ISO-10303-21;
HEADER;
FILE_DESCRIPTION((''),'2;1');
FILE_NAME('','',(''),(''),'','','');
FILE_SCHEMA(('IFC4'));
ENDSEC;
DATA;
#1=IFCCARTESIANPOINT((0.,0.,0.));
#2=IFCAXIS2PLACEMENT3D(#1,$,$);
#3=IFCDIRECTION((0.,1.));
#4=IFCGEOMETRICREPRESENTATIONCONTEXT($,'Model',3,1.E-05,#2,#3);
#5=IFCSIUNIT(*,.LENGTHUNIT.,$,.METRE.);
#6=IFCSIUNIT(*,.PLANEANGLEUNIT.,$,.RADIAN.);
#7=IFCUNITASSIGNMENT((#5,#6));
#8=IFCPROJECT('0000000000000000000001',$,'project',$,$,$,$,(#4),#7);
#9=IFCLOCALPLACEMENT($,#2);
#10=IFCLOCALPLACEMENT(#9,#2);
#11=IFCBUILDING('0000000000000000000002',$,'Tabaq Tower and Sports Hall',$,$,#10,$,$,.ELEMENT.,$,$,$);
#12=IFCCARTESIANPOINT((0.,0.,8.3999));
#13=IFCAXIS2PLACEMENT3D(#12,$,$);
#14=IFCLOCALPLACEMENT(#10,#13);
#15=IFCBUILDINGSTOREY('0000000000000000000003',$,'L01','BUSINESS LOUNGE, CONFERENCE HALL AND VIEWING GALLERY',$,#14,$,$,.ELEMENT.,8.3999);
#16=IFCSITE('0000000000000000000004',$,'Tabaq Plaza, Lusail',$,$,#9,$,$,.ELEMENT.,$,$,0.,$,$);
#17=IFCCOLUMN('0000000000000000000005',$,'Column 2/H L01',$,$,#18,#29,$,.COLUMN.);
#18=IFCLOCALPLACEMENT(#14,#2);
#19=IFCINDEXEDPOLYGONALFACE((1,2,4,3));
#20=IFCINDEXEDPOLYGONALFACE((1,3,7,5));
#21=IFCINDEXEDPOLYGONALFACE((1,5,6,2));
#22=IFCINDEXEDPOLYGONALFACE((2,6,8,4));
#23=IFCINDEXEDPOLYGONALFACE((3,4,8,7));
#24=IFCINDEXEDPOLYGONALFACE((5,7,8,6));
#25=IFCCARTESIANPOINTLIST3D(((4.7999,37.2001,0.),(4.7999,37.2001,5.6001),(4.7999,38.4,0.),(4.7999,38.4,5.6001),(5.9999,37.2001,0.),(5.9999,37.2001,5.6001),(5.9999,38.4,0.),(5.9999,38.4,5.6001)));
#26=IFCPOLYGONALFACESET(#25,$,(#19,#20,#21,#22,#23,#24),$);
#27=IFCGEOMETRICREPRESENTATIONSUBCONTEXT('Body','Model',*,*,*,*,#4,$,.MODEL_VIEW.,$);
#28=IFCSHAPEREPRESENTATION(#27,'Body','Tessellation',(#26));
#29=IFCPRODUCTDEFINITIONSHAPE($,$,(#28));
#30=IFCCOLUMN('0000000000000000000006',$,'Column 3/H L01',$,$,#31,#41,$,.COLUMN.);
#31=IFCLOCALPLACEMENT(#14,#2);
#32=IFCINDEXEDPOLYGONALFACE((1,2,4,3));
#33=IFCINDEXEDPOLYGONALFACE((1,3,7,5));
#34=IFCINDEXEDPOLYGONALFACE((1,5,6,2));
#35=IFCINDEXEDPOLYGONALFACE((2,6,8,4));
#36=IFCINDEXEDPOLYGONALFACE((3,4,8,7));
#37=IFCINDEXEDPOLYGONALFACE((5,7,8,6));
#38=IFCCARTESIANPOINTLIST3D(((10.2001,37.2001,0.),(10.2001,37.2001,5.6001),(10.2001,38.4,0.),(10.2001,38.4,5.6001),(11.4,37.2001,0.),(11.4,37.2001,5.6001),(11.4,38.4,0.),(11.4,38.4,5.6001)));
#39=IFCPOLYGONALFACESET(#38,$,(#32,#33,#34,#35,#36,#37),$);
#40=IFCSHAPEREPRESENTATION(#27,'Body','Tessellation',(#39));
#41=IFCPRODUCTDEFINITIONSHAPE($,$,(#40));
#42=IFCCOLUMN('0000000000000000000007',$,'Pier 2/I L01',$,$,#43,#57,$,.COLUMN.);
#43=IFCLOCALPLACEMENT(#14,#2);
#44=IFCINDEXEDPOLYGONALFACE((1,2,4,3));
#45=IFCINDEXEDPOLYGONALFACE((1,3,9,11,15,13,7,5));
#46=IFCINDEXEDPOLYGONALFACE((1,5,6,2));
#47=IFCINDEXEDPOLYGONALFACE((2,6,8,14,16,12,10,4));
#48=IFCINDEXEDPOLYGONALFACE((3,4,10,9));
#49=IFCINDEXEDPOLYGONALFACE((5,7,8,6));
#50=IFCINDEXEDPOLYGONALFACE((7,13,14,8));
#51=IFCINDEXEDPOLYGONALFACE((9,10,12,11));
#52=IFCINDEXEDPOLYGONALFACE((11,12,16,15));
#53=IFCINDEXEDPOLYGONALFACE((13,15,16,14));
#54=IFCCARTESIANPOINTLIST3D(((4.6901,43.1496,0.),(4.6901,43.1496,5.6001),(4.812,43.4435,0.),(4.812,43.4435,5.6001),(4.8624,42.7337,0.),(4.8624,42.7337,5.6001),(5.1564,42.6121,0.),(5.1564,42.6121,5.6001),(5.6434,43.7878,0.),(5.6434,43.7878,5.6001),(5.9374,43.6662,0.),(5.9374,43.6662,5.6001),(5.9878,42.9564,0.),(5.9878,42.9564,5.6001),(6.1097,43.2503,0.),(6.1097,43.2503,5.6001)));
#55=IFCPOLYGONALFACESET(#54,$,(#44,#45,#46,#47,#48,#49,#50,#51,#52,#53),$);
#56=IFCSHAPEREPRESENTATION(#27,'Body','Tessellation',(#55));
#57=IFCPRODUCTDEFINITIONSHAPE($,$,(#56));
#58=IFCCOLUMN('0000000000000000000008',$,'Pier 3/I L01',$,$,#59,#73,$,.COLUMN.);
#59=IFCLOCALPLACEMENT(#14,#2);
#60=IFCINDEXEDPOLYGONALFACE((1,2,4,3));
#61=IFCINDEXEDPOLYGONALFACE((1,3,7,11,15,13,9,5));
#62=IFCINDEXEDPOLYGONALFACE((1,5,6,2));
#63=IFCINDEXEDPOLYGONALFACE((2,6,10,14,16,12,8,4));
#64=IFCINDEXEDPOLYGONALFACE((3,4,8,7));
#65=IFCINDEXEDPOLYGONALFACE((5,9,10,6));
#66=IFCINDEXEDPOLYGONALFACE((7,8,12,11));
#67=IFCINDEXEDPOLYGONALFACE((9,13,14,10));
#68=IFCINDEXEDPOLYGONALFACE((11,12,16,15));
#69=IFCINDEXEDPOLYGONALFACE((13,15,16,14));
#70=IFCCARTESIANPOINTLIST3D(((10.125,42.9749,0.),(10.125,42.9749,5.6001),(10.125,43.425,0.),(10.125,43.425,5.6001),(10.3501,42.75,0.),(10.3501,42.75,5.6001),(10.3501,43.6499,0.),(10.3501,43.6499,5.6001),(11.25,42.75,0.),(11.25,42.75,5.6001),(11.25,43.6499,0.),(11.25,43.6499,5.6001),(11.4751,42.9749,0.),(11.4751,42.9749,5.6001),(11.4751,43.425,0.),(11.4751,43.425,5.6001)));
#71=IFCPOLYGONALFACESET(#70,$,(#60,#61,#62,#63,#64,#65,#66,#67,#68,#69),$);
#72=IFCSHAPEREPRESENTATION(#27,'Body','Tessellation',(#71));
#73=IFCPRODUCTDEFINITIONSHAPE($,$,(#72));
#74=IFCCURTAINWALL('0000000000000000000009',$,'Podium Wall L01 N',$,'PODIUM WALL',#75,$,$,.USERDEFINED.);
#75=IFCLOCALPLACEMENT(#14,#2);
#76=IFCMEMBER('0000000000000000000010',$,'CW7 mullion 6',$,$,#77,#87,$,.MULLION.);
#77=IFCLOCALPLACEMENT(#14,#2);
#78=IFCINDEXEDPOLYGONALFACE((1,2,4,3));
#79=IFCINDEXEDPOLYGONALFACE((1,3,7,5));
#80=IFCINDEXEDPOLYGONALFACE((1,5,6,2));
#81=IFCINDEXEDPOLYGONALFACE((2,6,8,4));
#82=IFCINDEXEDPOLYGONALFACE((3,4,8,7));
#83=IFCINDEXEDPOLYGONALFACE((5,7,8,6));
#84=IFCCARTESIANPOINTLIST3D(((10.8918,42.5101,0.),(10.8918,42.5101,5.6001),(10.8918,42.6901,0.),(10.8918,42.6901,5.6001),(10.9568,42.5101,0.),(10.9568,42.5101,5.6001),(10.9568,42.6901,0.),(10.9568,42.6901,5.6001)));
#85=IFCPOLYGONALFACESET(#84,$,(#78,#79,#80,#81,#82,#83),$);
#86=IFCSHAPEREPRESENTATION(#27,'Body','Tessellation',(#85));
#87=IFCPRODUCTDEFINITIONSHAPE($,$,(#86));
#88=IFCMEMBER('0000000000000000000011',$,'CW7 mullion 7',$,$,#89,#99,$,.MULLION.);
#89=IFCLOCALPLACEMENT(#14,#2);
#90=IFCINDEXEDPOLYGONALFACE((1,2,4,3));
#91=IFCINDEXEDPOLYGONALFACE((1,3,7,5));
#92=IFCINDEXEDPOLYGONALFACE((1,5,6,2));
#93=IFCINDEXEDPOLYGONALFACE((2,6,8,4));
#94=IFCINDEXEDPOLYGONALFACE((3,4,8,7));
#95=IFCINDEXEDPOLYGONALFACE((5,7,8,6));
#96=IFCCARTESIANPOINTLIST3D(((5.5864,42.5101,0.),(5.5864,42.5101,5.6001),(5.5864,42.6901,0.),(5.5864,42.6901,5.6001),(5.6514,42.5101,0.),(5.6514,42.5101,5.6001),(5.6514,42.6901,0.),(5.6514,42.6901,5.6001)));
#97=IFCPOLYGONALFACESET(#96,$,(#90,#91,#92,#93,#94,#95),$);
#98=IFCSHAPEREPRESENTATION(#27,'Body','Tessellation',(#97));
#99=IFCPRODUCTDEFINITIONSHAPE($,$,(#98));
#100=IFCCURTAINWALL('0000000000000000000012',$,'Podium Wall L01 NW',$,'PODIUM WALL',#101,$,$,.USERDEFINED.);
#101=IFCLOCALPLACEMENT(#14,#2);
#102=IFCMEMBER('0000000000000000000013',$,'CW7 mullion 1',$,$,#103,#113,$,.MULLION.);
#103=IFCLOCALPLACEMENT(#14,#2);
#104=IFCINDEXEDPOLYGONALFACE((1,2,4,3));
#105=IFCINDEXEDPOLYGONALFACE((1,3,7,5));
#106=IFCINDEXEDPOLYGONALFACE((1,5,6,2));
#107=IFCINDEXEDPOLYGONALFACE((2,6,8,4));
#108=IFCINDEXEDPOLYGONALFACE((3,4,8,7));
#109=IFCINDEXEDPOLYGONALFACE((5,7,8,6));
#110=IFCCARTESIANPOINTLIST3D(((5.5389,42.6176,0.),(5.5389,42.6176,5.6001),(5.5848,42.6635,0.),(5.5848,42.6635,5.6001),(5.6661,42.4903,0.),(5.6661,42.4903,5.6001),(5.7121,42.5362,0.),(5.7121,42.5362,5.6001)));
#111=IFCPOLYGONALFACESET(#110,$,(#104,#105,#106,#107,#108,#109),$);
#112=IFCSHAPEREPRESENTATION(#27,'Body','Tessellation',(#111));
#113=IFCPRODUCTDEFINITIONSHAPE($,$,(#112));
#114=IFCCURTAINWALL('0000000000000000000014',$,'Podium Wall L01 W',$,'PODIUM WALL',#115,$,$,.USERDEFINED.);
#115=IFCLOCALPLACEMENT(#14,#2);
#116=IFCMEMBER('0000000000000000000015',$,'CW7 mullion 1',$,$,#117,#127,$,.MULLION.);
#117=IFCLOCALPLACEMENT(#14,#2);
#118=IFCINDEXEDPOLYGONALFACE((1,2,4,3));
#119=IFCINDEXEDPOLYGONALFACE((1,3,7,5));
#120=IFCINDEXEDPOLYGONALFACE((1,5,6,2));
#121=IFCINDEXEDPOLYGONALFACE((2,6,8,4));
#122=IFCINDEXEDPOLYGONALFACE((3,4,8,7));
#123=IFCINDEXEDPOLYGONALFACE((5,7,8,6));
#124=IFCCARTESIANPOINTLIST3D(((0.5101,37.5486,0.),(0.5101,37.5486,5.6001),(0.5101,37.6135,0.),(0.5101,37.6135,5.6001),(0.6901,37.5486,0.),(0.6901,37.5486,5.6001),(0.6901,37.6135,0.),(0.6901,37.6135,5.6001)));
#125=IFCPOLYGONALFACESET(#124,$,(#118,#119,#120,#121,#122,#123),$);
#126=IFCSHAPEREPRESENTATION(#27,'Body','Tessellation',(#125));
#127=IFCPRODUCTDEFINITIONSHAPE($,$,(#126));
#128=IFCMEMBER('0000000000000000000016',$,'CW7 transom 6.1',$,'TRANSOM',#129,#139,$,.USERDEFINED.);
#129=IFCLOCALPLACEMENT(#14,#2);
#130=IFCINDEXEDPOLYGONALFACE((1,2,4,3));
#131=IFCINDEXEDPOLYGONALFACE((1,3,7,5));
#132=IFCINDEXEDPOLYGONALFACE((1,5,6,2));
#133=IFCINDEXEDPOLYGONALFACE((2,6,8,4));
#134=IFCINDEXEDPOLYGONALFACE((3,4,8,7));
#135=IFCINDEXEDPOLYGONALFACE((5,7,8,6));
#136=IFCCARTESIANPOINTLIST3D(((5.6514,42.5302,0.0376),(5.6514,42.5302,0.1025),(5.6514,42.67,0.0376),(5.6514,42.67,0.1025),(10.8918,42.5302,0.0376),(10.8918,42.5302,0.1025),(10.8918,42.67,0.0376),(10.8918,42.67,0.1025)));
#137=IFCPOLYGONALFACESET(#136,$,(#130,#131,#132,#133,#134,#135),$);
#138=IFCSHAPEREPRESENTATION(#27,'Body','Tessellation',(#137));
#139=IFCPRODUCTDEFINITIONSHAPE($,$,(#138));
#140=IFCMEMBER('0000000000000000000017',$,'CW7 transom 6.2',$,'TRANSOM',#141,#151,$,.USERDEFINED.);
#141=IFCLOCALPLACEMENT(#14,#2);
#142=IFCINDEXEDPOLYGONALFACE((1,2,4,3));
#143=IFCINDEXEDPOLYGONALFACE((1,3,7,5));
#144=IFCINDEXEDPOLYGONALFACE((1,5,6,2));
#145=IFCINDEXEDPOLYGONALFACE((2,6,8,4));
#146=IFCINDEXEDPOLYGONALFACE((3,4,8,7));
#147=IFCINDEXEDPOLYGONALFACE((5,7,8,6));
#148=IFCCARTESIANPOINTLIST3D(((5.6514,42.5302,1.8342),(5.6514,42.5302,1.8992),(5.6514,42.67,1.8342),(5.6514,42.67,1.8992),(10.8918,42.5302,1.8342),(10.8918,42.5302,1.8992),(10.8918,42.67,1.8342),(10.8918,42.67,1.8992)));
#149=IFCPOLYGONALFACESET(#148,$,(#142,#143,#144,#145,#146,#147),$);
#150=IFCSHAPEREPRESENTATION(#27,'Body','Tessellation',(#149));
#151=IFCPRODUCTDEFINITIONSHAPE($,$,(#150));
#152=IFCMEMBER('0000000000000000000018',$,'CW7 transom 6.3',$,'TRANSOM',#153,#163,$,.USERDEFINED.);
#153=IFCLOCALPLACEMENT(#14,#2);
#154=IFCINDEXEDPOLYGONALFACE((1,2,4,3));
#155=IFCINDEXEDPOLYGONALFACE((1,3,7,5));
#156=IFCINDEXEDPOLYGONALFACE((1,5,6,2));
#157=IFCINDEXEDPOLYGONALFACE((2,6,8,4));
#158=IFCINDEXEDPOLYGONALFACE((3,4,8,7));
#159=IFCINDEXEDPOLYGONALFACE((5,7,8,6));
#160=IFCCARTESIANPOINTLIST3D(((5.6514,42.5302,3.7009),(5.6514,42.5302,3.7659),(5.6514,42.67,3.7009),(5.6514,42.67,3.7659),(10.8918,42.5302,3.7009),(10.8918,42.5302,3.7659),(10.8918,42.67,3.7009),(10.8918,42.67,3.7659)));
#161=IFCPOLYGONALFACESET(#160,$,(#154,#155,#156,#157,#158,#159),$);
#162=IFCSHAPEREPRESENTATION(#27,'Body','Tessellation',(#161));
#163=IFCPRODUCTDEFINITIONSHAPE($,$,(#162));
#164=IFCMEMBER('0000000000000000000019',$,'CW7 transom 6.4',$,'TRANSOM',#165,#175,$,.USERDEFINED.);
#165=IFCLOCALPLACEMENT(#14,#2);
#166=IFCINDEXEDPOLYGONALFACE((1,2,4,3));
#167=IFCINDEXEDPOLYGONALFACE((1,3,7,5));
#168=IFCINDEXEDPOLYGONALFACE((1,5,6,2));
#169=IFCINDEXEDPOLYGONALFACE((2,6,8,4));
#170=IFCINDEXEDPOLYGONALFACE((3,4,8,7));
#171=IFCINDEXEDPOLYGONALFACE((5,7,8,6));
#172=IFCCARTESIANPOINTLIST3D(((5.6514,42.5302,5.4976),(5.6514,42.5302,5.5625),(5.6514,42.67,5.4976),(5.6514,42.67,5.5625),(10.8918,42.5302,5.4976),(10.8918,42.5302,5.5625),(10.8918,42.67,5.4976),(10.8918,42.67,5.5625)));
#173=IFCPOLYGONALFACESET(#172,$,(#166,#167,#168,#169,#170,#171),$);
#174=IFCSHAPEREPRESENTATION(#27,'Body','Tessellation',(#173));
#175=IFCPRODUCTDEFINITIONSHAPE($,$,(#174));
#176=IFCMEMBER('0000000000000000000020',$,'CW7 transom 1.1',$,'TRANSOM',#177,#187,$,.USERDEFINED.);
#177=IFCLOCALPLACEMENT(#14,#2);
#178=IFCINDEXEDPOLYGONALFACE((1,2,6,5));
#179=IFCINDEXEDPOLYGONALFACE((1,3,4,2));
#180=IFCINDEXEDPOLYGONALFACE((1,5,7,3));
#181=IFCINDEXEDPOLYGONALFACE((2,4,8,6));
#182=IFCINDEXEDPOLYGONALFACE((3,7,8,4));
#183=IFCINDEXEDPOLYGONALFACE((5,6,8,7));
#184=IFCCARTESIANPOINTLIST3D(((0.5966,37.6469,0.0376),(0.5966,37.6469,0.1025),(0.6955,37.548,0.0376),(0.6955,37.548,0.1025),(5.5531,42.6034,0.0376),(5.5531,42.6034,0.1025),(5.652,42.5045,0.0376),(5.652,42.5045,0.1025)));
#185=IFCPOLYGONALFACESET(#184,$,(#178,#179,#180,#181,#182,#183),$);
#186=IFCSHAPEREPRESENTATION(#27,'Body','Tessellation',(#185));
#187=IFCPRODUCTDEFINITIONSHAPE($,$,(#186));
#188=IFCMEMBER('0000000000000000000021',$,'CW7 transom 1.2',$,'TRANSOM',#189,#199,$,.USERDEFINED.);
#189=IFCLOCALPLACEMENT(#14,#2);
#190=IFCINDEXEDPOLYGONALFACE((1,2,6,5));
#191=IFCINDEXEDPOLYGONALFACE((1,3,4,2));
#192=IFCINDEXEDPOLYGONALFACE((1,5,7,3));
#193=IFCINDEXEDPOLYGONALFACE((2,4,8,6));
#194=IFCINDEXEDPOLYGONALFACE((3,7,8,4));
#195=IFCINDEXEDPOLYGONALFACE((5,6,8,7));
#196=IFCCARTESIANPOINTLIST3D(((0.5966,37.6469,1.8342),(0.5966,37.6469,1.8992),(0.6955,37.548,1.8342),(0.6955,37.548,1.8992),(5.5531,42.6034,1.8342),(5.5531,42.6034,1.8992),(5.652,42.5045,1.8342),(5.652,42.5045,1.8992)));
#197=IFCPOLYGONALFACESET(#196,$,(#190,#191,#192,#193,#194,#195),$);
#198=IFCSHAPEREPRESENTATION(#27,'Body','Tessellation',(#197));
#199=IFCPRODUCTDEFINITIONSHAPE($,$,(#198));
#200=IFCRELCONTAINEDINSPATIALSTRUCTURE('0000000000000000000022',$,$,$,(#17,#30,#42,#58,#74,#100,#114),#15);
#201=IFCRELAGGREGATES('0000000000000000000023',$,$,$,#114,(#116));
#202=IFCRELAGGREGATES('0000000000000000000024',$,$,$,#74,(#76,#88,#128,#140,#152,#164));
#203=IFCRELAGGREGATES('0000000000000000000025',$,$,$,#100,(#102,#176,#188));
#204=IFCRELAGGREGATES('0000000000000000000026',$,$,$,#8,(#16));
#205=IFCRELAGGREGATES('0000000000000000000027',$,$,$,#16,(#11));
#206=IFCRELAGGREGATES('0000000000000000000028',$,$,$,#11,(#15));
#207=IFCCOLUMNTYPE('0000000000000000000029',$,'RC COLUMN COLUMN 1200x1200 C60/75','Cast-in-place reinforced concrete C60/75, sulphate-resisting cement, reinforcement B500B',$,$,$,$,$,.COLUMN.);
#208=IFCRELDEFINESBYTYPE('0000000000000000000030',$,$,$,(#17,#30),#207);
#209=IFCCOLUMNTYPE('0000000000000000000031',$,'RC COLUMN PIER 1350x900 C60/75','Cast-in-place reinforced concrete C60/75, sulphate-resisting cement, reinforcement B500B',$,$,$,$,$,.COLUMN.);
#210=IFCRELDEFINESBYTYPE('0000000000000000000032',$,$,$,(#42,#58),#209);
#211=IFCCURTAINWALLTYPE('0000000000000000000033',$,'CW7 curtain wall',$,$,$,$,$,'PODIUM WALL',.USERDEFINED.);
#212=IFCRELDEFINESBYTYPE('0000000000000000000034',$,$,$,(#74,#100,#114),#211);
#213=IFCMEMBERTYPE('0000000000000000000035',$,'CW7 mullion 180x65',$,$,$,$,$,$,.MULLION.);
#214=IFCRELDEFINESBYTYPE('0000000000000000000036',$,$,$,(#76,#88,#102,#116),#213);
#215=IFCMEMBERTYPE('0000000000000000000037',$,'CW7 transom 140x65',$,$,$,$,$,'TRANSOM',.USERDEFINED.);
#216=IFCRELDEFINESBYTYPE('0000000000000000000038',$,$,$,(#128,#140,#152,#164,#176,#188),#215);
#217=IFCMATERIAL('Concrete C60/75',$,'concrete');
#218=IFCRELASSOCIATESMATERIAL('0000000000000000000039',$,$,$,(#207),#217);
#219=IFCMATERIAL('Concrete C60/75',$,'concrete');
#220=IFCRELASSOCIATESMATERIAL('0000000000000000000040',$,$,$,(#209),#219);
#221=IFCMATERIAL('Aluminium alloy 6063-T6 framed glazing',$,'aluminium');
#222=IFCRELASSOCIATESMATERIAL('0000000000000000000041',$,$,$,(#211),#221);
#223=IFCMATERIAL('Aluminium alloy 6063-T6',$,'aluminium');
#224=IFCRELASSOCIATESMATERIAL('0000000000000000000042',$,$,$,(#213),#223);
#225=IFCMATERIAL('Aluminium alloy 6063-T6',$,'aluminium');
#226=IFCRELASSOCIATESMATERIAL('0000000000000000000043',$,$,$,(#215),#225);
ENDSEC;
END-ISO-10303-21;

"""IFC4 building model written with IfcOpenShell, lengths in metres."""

from ifc_helpers import new_model, si_unit, direction, frame, origin, origin_2d, place, context, subcontext, project, spatial, polyline, rectangle, outline, extrude, material, material_profile, profile_set, type_object, element, aggregate, save


model = new_model("IFC4")

# Units and contexts
model_context = context("Model", 3, precision=1e-05, world=origin(), true_north=direction((0.0, 1.0)))
body_context = subcontext(model_context, "Body", "Model", "MODEL_VIEW")
ifc_project = project(units=[si_unit("LENGTHUNIT", "METRE"), si_unit("PLANEANGLEUNIT", "RADIAN")], contexts=[model_context])

# Site, building, storey
site_placement = place(None, origin())
site = spatial("IfcSite", under=ifc_project, at=site_placement, Name="Tabaq Plaza, Lusail", CompositionType="ELEMENT", RefElevation=0.0)
building_placement = place(site_placement, origin())
building = spatial("IfcBuilding", under=site, at=building_placement, Name="Tabaq Tower and Sports Hall", CompositionType="ELEMENT")
storey_placement = place(building_placement, frame((0.0, 0.0, 8.3999)))
storey = spatial("IfcBuildingStorey", under=building, at=storey_placement, Name="L01", Description="BUSINESS LOUNGE, CONFERENCE HALL AND VIEWING GALLERY", CompositionType="ELEMENT", Elevation=8.3999)

# Columns
ifc_material_1 = material(Name="Concrete C60/75", Category="concrete")
ifc_material_profile_1 = material_profile(ifc_material_1, rectangle(XDim=1.2, YDim=1.2, at=origin_2d()), Name="COLUMN 1200x1200")
ifc_profile_set_1 = profile_set([ifc_material_profile_1], Name="Concrete C60/75")
column_type_1 = type_object("IfcColumnType", Name="RC COLUMN COLUMN 1200x1200 C60/75", Description="Cast-in-place reinforced concrete C60/75, sulphate-resisting cement, reinforcement B500B", PredefinedType="COLUMN", material=ifc_profile_set_1)
for number, where, z_axis, x_axis, name in (
    (1, (5.3999, 37.8, 0.0), (0.0, 0.0, 1.0), (1.0, 0.0, 0.0), "Column 2/H L01"),
    (2, (10.8, 37.8, 0.0), (0.0, 0.0, 1.0), (1.0, 0.0, 0.0), "Column 3/H L01"),
):
    element("IfcColumn", number, at=place(storey_placement, frame(where, z_axis=z_axis, x_axis=x_axis)), inside=storey, type_object=column_type_1, Name=name, PredefinedType="COLUMN", context=body_context, shape_type="SweptSolid", body=[
        extrude(rectangle(XDim=1.2, YDim=1.2, at=origin_2d()), origin(), (0.0, 0.0, 1.0), 5.6001),
    ])
ifc_material_2 = material(Name="Concrete C60/75", Category="concrete")
ifc_material_profile_2 = material_profile(ifc_material_2, outline(polyline([(-0.45, -0.45), (0.45, -0.45), (0.675, -0.2251), (0.675, 0.2251), (0.45, 0.45), (-0.45, 0.45), (-0.675, 0.2251), (-0.675, -0.2251), (-0.45, -0.45)])), Name="PIER 1350x900")
ifc_profile_set_2 = profile_set([ifc_material_profile_2], Name="Concrete C60/75")
column_type_2 = type_object("IfcColumnType", Name="RC COLUMN PIER 1350x900 C60/75", Description="Cast-in-place reinforced concrete C60/75, sulphate-resisting cement, reinforcement B500B", PredefinedType="COLUMN", material=ifc_profile_set_2)
for number, where, z_axis, x_axis, name in (
    (3, (5.3999, 43.2, 0.0), (0.0, 0.0, 1.0), (0.92388, 0.382683, 0.0), "Pier 2/I L01"),
    (4, (10.8, 43.2, 0.0), (0.0, 0.0, 1.0), (1.0, 0.0, 0.0), "Pier 3/I L01"),
):
    element("IfcColumn", number, at=place(storey_placement, frame(where, z_axis=z_axis, x_axis=x_axis)), inside=storey, type_object=column_type_2, Name=name, PredefinedType="COLUMN", context=body_context, shape_type="SweptSolid", body=[
        extrude(outline(polyline([(-0.45, -0.45), (0.45, -0.45), (0.675, -0.2251), (0.675, 0.2251), (0.45, 0.45), (-0.45, 0.45), (-0.675, 0.2251), (-0.675, -0.2251), (-0.45, -0.45)])), origin(), (0.0, 0.0, 1.0), 5.6001),
    ])

# Curtain wall, members
ifc_material_3 = material(Name="Aluminium alloy 6063-T6 framed glazing", Category="aluminium")
curtain_wall_type = type_object("IfcCurtainWallType", Name="CW7 curtain wall", ElementType="PODIUM WALL", PredefinedType="USERDEFINED", material=ifc_material_3)
curtain_wall_1_placement = place(storey_placement, origin())
curtain_wall_1 = element("IfcCurtainWall", 5, at=curtain_wall_1_placement, inside=storey, type_object=curtain_wall_type, Name="Podium Wall L01 N", ObjectType="PODIUM WALL", PredefinedType="USERDEFINED")
ifc_material_4 = material(Name="Aluminium alloy 6063-T6", Category="aluminium")
ifc_material_profile_3 = material_profile(ifc_material_4, rectangle(XDim=0.1799, YDim=0.0649, at=origin_2d()), Name="MULLION 180x65")
ifc_profile_set_3 = profile_set([ifc_material_profile_3], Name="Aluminium alloy 6063-T6")
member_type_1 = type_object("IfcMemberType", Name="CW7 mullion 180x65", PredefinedType="MULLION", material=ifc_profile_set_3)
member_1_placement = place(storey_placement, frame((10.9243, 42.6001, 0.0), z_axis=(0.0, 0.0, 1.0), x_axis=(0.0, -1.0, 0.0)))
member_1 = element("IfcMember", 6, at=member_1_placement, type_object=member_type_1, Name="CW7 mullion 6", PredefinedType="MULLION", context=body_context, shape_type="SweptSolid", body=[
    extrude(rectangle(XDim=0.1799, YDim=0.0649, at=origin_2d()), origin(), (0.0, 0.0, 1.0), 5.6001),
])
member_2_placement = place(storey_placement, frame((5.6189, 42.6001, 0.0), z_axis=(0.0, 0.0, 1.0), x_axis=(0.0, -1.0, 0.0)))
member_2 = element("IfcMember", 7, at=member_2_placement, type_object=member_type_1, Name="CW7 mullion 7", PredefinedType="MULLION", context=body_context, shape_type="SweptSolid", body=[
    extrude(rectangle(XDim=0.1799, YDim=0.0649, at=origin_2d()), origin(), (0.0, 0.0, 1.0), 5.6001),
])

# Curtain walls, members
curtain_wall_2_placement = place(storey_placement, origin())
curtain_wall_2 = element("IfcCurtainWall", 8, at=curtain_wall_2_placement, inside=storey, type_object=curtain_wall_type, Name="Podium Wall L01 NW", ObjectType="PODIUM WALL", PredefinedType="USERDEFINED")
member_3_placement = place(storey_placement, frame((5.6255, 42.5769, 0.0), z_axis=(0.0, 0.0, 1.0), x_axis=(0.707107, -0.707107, 0.0)))
member_3 = element("IfcMember", 9, at=member_3_placement, type_object=member_type_1, Name="CW7 mullion 1", PredefinedType="MULLION", context=body_context, shape_type="SweptSolid", body=[
    extrude(rectangle(XDim=0.1799, YDim=0.0649, at=origin_2d()), origin(), (0.0, 0.0, 1.0), 5.6001),
])
curtain_wall_3_placement = place(storey_placement, origin())
curtain_wall_3 = element("IfcCurtainWall", 10, at=curtain_wall_3_placement, inside=storey, type_object=curtain_wall_type, Name="Podium Wall L01 W", ObjectType="PODIUM WALL", PredefinedType="USERDEFINED")
member_4_placement = place(storey_placement, frame((0.6001, 37.5811, 0.0), z_axis=(0.0, 0.0, 1.0), x_axis=(1.0, 0.0, 0.0)))
member_4 = element("IfcMember", 11, at=member_4_placement, type_object=member_type_1, Name="CW7 mullion 1", PredefinedType="MULLION", context=body_context, shape_type="SweptSolid", body=[
    extrude(rectangle(XDim=0.1799, YDim=0.0649, at=origin_2d()), origin(), (0.0, 0.0, 1.0), 5.6001),
])
aggregate(curtain_wall_3, [member_4])

# Members
ifc_material_5 = material(Name="Aluminium alloy 6063-T6", Category="aluminium")
ifc_material_profile_4 = material_profile(ifc_material_5, rectangle(XDim=0.1399, YDim=0.0649, at=origin_2d()), Name="TRANSOM 140x65")
ifc_profile_set_4 = profile_set([ifc_material_profile_4], Name="Aluminium alloy 6063-T6")
member_type_2 = type_object("IfcMemberType", Name="CW7 transom 140x65", ElementType="TRANSOM", PredefinedType="USERDEFINED", material=ifc_profile_set_4)
member_5_placement = place(storey_placement, frame((10.8918, 42.6001, 0.0701), z_axis=(-1.0, 0.0, 0.0), x_axis=(0.0, -1.0, 0.0)))
member_5 = element("IfcMember", 12, at=member_5_placement, type_object=member_type_2, Name="CW7 transom 6.1", ObjectType="TRANSOM", PredefinedType="USERDEFINED", context=body_context, shape_type="SweptSolid", body=[
    extrude(rectangle(XDim=0.1399, YDim=0.0649, at=origin_2d()), origin(), (0.0, 0.0, 1.0), 5.2405),
])
member_6_placement = place(storey_placement, frame((10.8918, 42.6001, 1.8667), z_axis=(-1.0, 0.0, 0.0), x_axis=(0.0, -1.0, 0.0)))
member_6 = element("IfcMember", 13, at=member_6_placement, type_object=member_type_2, Name="CW7 transom 6.2", ObjectType="TRANSOM", PredefinedType="USERDEFINED", context=body_context, shape_type="SweptSolid", body=[
    extrude(rectangle(XDim=0.1399, YDim=0.0649, at=origin_2d()), origin(), (0.0, 0.0, 1.0), 5.2405),
])
member_7_placement = place(storey_placement, frame((10.8918, 42.6001, 3.7334), z_axis=(-1.0, 0.0, 0.0), x_axis=(0.0, -1.0, 0.0)))
member_7 = element("IfcMember", 14, at=member_7_placement, type_object=member_type_2, Name="CW7 transom 6.3", ObjectType="TRANSOM", PredefinedType="USERDEFINED", context=body_context, shape_type="SweptSolid", body=[
    extrude(rectangle(XDim=0.1399, YDim=0.0649, at=origin_2d()), origin(), (0.0, 0.0, 1.0), 5.2405),
])
member_8_placement = place(storey_placement, frame((10.8918, 42.6001, 5.53), z_axis=(-1.0, 0.0, 0.0), x_axis=(0.0, -1.0, 0.0)))
member_8 = element("IfcMember", 15, at=member_8_placement, type_object=member_type_2, Name="CW7 transom 6.4", ObjectType="TRANSOM", PredefinedType="USERDEFINED", context=body_context, shape_type="SweptSolid", body=[
    extrude(rectangle(XDim=0.1399, YDim=0.0649, at=origin_2d()), origin(), (0.0, 0.0, 1.0), 5.2405),
])
member_9_placement = place(storey_placement, frame((5.6025, 42.554, 0.0701), z_axis=(-0.707107, -0.707107, 0.0), x_axis=(0.707107, -0.707107, 0.0)))
member_9 = element("IfcMember", 16, at=member_9_placement, type_object=member_type_2, Name="CW7 transom 1.1", ObjectType="TRANSOM", PredefinedType="USERDEFINED", context=body_context, shape_type="SweptSolid", body=[
    extrude(rectangle(XDim=0.1399, YDim=0.0649, at=origin_2d()), origin(), (0.0, 0.0, 1.0), 7.0095),
])
member_10_placement = place(storey_placement, frame((5.6025, 42.554, 1.8667), z_axis=(-0.707107, -0.707107, 0.0), x_axis=(0.707107, -0.707107, 0.0)))
member_10 = element("IfcMember", 17, at=member_10_placement, type_object=member_type_2, Name="CW7 transom 1.2", ObjectType="TRANSOM", PredefinedType="USERDEFINED", context=body_context, shape_type="SweptSolid", body=[
    extrude(rectangle(XDim=0.1399, YDim=0.0649, at=origin_2d()), origin(), (0.0, 0.0, 1.0), 7.0095),
])

aggregate(curtain_wall_1, [member_1, member_2, member_5, member_6, member_7, member_8])
aggregate(curtain_wall_2, [member_3, member_9, member_10])

save(model, "model.ifc")
